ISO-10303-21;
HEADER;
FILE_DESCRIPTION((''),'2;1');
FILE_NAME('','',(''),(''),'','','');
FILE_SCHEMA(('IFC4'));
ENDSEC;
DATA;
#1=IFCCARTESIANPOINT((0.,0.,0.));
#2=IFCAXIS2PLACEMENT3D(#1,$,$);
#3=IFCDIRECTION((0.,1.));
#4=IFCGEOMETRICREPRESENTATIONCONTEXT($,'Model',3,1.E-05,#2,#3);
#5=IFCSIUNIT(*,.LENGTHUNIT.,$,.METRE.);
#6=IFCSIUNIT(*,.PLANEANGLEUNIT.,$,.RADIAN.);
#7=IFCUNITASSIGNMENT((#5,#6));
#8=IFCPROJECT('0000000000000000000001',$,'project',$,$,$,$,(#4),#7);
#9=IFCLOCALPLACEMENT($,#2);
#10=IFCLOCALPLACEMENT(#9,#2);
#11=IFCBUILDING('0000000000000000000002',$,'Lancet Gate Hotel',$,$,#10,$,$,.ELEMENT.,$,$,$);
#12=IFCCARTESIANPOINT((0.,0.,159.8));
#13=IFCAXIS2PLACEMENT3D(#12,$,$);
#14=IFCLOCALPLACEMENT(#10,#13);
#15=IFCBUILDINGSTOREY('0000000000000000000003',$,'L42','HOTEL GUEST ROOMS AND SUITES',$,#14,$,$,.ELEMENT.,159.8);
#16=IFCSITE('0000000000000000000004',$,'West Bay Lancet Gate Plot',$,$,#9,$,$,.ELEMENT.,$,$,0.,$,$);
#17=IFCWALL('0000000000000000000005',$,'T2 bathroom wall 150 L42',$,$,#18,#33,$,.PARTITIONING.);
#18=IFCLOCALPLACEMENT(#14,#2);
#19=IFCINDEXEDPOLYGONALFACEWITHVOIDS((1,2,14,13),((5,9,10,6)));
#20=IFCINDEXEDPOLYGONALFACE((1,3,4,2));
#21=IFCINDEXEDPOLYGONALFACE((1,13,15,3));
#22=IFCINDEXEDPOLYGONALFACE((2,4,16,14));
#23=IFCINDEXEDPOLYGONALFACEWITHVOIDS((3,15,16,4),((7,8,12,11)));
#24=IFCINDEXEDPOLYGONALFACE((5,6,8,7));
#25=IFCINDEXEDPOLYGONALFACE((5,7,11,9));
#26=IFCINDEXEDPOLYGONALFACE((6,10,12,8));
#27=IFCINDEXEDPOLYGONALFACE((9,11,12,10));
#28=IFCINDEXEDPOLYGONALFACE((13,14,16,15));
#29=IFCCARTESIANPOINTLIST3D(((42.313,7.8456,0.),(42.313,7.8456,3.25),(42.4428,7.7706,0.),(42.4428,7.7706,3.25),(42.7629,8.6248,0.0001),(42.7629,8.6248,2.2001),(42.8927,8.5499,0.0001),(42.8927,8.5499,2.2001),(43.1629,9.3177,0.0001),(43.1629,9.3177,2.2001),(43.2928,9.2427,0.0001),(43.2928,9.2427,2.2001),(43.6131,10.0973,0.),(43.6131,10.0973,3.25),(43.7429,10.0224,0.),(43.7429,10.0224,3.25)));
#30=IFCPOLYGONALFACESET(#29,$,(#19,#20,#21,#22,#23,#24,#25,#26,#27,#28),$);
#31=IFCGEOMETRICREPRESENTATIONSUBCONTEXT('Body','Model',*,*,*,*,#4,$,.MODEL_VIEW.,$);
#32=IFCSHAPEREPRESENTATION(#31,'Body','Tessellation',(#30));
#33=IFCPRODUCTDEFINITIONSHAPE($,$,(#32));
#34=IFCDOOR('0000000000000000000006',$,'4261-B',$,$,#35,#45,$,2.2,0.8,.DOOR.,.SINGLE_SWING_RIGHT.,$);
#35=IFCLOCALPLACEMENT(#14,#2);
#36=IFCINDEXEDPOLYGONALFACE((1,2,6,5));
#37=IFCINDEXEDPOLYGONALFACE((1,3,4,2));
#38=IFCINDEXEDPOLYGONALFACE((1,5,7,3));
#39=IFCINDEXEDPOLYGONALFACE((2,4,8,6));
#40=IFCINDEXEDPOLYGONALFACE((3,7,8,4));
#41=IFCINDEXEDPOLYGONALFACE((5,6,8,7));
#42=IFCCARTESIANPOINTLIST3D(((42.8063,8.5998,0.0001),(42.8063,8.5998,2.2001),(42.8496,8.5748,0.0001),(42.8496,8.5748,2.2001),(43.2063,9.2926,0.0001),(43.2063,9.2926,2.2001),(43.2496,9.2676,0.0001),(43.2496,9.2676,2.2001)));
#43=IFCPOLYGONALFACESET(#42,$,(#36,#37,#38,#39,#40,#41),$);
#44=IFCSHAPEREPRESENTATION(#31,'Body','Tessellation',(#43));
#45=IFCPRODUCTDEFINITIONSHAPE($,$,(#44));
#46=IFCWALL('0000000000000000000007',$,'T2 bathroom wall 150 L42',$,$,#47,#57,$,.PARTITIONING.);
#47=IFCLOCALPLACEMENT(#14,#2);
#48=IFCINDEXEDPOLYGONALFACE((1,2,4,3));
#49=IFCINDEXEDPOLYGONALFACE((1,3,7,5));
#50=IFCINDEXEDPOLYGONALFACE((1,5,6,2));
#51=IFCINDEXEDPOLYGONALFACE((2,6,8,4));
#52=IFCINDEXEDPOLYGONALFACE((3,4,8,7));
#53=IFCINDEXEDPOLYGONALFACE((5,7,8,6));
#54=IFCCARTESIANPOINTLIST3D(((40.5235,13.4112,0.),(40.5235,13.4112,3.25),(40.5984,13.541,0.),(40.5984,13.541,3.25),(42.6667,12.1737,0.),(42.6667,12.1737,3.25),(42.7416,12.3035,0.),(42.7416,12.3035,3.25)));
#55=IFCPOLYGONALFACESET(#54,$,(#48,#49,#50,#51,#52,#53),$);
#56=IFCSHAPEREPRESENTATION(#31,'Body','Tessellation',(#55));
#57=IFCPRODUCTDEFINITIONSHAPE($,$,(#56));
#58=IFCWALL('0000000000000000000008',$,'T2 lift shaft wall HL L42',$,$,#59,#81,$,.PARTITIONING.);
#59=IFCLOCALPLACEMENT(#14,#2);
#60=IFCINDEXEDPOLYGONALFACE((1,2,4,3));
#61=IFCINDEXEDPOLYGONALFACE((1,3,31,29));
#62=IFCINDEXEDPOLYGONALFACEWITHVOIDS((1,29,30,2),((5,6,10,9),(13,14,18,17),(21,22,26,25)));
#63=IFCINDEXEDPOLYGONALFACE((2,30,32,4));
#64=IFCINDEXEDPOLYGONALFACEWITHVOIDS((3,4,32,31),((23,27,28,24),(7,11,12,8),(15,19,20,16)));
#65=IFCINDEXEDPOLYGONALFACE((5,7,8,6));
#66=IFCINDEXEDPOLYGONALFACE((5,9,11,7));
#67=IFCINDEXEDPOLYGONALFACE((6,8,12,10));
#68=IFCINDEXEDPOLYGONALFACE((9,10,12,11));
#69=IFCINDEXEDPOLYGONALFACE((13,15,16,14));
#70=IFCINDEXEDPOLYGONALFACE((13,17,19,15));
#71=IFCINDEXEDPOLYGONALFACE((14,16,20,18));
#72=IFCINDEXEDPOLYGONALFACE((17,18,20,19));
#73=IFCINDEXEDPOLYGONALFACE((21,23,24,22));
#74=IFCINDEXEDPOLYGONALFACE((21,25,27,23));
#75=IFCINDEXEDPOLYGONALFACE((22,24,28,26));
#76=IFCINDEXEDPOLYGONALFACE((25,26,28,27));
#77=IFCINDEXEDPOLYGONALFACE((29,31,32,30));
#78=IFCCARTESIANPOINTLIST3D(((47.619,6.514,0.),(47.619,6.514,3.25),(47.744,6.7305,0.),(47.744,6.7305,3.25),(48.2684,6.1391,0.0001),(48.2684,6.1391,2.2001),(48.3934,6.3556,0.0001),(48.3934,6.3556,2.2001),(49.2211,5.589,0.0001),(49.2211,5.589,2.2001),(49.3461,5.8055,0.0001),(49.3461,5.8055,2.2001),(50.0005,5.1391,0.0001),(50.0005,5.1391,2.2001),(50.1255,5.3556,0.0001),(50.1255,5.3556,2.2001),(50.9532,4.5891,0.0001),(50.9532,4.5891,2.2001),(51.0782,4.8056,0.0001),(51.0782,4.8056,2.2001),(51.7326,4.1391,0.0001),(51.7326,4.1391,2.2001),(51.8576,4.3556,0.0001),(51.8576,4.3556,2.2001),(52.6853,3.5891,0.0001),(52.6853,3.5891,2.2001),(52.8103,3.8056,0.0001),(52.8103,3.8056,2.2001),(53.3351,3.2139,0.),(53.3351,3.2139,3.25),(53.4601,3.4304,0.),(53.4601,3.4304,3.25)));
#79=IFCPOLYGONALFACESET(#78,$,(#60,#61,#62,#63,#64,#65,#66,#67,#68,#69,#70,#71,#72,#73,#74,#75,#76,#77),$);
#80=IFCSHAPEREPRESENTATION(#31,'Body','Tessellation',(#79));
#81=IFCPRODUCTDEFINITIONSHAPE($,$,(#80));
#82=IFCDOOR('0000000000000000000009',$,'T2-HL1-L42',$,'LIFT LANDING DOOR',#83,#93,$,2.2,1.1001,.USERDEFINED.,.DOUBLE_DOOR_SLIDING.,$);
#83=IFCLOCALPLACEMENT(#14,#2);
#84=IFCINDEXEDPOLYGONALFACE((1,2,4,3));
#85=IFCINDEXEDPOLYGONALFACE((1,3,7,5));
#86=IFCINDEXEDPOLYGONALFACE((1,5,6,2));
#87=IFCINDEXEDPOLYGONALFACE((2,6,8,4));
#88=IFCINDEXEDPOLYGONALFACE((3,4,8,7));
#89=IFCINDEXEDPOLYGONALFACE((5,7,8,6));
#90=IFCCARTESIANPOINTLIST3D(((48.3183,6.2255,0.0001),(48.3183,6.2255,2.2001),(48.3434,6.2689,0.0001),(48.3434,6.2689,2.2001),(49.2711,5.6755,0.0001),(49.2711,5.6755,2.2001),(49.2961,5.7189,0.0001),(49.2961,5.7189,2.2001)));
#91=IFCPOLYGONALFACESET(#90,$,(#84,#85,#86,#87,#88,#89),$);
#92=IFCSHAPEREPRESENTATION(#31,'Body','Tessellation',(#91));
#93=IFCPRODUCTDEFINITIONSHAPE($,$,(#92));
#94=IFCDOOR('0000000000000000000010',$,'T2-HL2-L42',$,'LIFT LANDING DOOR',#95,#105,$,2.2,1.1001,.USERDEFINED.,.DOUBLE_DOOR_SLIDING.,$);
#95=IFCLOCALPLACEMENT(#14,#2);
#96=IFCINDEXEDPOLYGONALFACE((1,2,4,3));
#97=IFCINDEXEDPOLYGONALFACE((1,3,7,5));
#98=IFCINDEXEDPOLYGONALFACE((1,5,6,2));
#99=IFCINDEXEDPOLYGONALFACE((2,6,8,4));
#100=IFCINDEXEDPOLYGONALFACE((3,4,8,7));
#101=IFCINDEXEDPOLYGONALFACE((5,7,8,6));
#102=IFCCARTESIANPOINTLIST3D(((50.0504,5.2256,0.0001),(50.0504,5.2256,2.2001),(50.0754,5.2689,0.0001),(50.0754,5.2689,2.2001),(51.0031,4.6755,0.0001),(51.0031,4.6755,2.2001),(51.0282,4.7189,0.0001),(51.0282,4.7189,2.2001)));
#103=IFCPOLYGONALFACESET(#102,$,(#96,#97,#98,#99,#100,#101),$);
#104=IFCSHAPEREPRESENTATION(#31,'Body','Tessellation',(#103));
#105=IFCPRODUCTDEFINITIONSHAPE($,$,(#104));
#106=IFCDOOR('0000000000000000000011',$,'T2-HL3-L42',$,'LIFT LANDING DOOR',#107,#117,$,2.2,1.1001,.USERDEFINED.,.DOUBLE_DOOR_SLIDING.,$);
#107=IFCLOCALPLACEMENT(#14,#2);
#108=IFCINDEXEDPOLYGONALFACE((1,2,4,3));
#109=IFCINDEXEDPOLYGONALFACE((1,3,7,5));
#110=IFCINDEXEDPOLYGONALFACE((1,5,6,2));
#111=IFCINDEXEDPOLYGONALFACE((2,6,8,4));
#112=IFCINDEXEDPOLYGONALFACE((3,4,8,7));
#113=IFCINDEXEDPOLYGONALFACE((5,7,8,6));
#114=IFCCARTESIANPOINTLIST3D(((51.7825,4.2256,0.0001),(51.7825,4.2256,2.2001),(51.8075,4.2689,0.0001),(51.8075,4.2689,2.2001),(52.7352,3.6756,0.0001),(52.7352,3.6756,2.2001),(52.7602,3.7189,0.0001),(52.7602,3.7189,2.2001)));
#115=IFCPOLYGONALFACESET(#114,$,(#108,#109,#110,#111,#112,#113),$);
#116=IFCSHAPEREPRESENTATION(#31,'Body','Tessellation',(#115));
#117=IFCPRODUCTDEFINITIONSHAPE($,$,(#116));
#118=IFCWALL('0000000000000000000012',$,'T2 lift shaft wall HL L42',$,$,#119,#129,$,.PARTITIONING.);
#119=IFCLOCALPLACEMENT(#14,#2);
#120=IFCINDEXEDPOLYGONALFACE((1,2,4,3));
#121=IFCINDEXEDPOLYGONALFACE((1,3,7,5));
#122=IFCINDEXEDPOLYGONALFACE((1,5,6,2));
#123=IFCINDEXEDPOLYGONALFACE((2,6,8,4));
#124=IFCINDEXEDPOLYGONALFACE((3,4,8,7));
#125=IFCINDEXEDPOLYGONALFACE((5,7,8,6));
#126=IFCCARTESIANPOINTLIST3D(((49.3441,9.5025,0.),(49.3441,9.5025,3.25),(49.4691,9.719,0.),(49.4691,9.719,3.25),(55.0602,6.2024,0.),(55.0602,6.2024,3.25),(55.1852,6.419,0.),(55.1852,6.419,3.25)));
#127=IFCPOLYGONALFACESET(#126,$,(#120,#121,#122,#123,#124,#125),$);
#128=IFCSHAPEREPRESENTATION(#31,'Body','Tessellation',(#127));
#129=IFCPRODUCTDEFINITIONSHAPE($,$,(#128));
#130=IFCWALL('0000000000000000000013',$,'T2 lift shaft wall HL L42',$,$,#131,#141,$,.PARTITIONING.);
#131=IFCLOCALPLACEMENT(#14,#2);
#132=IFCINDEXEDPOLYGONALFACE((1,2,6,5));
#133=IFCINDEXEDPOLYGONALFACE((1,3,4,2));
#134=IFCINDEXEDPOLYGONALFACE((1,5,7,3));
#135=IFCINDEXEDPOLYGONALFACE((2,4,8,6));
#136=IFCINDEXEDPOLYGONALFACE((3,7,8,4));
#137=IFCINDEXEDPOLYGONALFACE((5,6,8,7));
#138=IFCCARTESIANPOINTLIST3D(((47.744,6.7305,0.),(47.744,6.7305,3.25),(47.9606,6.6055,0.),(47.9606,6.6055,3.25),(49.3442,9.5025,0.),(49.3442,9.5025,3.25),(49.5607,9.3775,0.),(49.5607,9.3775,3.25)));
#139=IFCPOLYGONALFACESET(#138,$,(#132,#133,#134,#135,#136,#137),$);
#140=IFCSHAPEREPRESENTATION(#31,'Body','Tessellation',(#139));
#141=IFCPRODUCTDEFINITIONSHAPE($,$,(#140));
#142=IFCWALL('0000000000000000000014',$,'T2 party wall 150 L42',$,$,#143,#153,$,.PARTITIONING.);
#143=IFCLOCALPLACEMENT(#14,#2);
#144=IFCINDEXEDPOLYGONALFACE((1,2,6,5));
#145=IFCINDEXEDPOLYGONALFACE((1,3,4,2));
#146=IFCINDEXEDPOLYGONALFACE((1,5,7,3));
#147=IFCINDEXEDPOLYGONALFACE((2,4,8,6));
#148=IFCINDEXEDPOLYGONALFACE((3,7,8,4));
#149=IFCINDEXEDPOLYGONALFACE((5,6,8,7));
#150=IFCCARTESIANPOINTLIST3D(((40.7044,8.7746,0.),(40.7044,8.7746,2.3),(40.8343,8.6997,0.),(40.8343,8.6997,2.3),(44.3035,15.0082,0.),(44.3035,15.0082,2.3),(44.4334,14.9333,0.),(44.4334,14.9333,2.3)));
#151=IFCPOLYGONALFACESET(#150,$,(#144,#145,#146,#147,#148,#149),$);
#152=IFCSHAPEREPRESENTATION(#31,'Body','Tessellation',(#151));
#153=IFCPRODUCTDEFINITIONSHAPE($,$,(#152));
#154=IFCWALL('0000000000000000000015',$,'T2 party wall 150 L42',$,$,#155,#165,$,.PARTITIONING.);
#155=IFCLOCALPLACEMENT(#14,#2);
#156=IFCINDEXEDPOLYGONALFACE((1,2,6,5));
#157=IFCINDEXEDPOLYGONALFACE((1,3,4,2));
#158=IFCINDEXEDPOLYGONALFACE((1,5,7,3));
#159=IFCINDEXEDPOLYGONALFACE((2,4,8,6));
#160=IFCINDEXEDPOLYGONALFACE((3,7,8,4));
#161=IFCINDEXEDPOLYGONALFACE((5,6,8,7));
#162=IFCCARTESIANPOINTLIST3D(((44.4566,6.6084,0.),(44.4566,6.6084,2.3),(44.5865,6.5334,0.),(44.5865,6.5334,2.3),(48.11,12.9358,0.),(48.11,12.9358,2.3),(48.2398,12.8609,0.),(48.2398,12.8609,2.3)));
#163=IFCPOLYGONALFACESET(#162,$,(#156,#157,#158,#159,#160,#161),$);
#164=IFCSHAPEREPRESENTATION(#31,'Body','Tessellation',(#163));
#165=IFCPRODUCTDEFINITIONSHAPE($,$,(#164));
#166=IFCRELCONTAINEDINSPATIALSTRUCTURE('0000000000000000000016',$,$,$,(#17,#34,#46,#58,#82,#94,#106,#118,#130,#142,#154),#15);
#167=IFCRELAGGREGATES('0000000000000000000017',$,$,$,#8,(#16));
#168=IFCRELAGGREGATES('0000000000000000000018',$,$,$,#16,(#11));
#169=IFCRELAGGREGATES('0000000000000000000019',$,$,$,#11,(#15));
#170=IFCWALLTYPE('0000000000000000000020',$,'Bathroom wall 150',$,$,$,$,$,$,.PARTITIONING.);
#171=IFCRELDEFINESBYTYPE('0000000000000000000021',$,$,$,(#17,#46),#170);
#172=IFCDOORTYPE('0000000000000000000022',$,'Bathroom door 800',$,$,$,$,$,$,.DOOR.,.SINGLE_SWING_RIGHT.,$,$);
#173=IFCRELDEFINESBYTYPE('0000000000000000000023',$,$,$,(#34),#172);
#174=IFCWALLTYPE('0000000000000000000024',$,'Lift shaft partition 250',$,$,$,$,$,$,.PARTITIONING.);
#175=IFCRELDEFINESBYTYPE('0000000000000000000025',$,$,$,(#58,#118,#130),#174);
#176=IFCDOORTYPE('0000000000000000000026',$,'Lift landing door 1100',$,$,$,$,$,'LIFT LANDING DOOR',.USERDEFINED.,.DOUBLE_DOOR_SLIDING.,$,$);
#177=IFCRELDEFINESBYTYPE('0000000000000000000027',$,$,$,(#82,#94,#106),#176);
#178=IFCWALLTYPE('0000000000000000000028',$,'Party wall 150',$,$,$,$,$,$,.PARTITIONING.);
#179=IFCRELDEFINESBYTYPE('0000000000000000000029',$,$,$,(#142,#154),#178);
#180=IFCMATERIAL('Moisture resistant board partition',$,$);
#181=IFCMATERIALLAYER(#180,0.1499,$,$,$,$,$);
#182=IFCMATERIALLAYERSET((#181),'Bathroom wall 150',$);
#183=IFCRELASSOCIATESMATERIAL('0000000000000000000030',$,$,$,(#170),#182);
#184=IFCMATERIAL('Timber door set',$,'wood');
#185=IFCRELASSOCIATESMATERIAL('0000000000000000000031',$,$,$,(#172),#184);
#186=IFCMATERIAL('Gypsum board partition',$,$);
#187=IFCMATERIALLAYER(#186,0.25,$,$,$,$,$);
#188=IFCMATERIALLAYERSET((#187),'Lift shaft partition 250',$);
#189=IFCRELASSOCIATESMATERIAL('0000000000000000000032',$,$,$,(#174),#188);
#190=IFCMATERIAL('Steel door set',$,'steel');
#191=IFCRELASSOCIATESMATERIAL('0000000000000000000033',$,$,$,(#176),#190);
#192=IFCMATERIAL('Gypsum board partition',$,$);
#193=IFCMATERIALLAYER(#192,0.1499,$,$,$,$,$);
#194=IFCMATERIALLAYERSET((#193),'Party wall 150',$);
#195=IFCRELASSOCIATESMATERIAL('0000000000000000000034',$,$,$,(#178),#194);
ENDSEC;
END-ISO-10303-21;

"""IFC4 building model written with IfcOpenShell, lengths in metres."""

from ifc_helpers import new_model, si_unit, direction, frame, frame_2d, origin, place, context, subcontext, project, spatial, rectangle, extrude, material, layer, layer_set, type_object, element, fill, save


model = new_model("IFC4")

# Units and contexts
model_context = context("Model", 3, precision=1e-05, world=origin(), true_north=direction((0.0, 1.0)))
body_context = subcontext(model_context, "Body", "Model", "MODEL_VIEW")
ifc_project = project(units=[si_unit("LENGTHUNIT", "METRE"), si_unit("PLANEANGLEUNIT", "RADIAN")], contexts=[model_context])

# Site, building, storey
site_placement = place(None, origin())
site = spatial("IfcSite", under=ifc_project, at=site_placement, Name="West Bay Lancet Gate Plot", CompositionType="ELEMENT", RefElevation=0.0)
building_placement = place(site_placement, origin())
building = spatial("IfcBuilding", under=site, at=building_placement, Name="Lancet Gate Hotel", CompositionType="ELEMENT")
storey_placement = place(building_placement, frame((0.0, 0.0, 159.8)))
storey = spatial("IfcBuildingStorey", under=building, at=storey_placement, Name="L42", Description="HOTEL GUEST ROOMS AND SUITES", CompositionType="ELEMENT", Elevation=159.8)

# Shared definitions
ifc_material_1 = material(Name="Moisture resistant board partition")
ifc_layer_1 = layer(ifc_material_1, 0.1499)
ifc_layer_set_1 = layer_set([ifc_layer_1], Name="Bathroom wall 150")
wall_type_1 = type_object("IfcWallType", Name="Bathroom wall 150", PredefinedType="PARTITIONING", material=ifc_layer_set_1)

# Wall, opening, door
wall_1_placement = place(storey_placement, frame((42.3779, 7.8081, 0.0), z_axis=(0.0, 0.0, 1.0), x_axis=(0.500007, 0.866021, 0.0)))
wall_1 = element("IfcWall", 1, at=wall_1_placement, inside=storey, type_object=wall_type_1, Name="T2 bathroom wall 150 L42", PredefinedType="PARTITIONING", context=body_context, shape_type="SweptSolid", body=[
    extrude(rectangle(XDim=2.6001, YDim=0.1499, at=frame_2d((1.3, 0.0))), origin(), (0.0, 0.0, 1.0), 3.25),
])
opening_1_placement = place(wall_1_placement, frame((0.8999, 0.0, 0.0)))
opening_1 = element("IfcOpeningElement", 2, at=opening_1_placement, cuts=wall_1, PredefinedType="OPENING", context=body_context, shape_type="SweptSolid", body=[
    extrude(rectangle(XDim=0.8, YDim=2.2, at=frame_2d((0.3999, 1.1001))), frame((0.0, 0.085, 0.0), z_axis=(0.0, -1.0, 0.0), x_axis=(1.0, 0.0, 0.0)), (0.0, 0.0, 1.0), 0.1699),
])
ifc_material_2 = material(Name="Timber door set", Category="wood")
door_type_1 = type_object("IfcDoorType", Name="Bathroom door 800", OperationType="SINGLE_SWING_RIGHT", PredefinedType="DOOR", material=ifc_material_2)
door_1_placement = place(opening_1_placement, origin())
door_1 = element("IfcDoor", 3, at=door_1_placement, inside=storey, type_object=door_type_1, Name="4261-B", OperationType="SINGLE_SWING_RIGHT", OverallHeight=2.2, OverallWidth=0.8, PredefinedType="DOOR", context=body_context, shape_type="SweptSolid", body=[
    extrude(rectangle(XDim=0.8, YDim=2.2, at=frame_2d((0.3999, 1.1001))), frame((0.0, 0.0249, 0.0), z_axis=(0.0, -1.0, 0.0), x_axis=(1.0, 0.0, 0.0)), (0.0, 0.0, 1.0), 0.05),
])
fill(opening_1, door_1)

# Wall
wall_2_placement = place(storey_placement, frame((40.561, 13.4761, 0.0), z_axis=(0.0, 0.0, 1.0), x_axis=(0.866007, -0.500033, 0.0)))
element("IfcWall", 4, at=wall_2_placement, inside=storey, type_object=wall_type_1, Name="T2 bathroom wall 150 L42", PredefinedType="PARTITIONING", context=body_context, shape_type="SweptSolid", body=[
    extrude(rectangle(XDim=2.4749, YDim=0.1499, at=frame_2d((1.2373, 0.0))), origin(), (0.0, 0.0, 1.0), 3.25),
])

# Wall, openings, doors
ifc_material_3 = material(Name="Gypsum board partition")
ifc_layer_2 = layer(ifc_material_3, 0.25)
ifc_layer_set_2 = layer_set([ifc_layer_2], Name="Lift shaft partition 250")
wall_type_2 = type_object("IfcWallType", Name="Lift shaft partition 250", PredefinedType="PARTITIONING", material=ifc_layer_set_2)
wall_3_placement = place(storey_placement, frame((47.6814, 6.6223, 0.0), z_axis=(0.0, 0.0, 1.0), x_axis=(0.866033, -0.499986, 0.0)))
wall_3 = element("IfcWall", 5, at=wall_3_placement, inside=storey, type_object=wall_type_2, Name="T2 lift shaft wall HL L42", PredefinedType="PARTITIONING", context=body_context, shape_type="SweptSolid", body=[
    extrude(rectangle(XDim=6.6003, YDim=0.25, at=frame_2d((3.3003, 0.0))), origin(), (0.0, 0.0, 1.0), 3.25),
])
opening_2_placement = place(wall_3_placement, frame((0.75, 0.0, 0.0)))
opening_2 = element("IfcOpeningElement", 6, at=opening_2_placement, cuts=wall_3, PredefinedType="OPENING", context=body_context, shape_type="SweptSolid", body=[
    extrude(rectangle(XDim=1.1001, YDim=2.2, at=frame_2d((0.55, 1.1001))), frame((0.0, 0.135, 0.0), z_axis=(0.0, -1.0, 0.0), x_axis=(1.0, 0.0, 0.0)), (0.0, 0.0, 1.0), 0.27),
])
opening_3_placement = place(wall_3_placement, frame((2.75, 0.0, 0.0)))
opening_3 = element("IfcOpeningElement", 7, at=opening_3_placement, cuts=wall_3, PredefinedType="OPENING", context=body_context, shape_type="SweptSolid", body=[
    extrude(rectangle(XDim=1.1001, YDim=2.2, at=frame_2d((0.55, 1.1001))), frame((0.0, 0.135, 0.0), z_axis=(0.0, -1.0, 0.0), x_axis=(1.0, 0.0, 0.0)), (0.0, 0.0, 1.0), 0.27),
])
opening_4_placement = place(wall_3_placement, frame((4.75, 0.0, 0.0)))
opening_4 = element("IfcOpeningElement", 8, at=opening_4_placement, cuts=wall_3, PredefinedType="OPENING", context=body_context, shape_type="SweptSolid", body=[
    extrude(rectangle(XDim=1.1001, YDim=2.2, at=frame_2d((0.55, 1.1001))), frame((0.0, 0.135, 0.0), z_axis=(0.0, -1.0, 0.0), x_axis=(1.0, 0.0, 0.0)), (0.0, 0.0, 1.0), 0.27),
])
ifc_material_4 = material(Name="Steel door set", Category="steel")
door_type_2 = type_object("IfcDoorType", Name="Lift landing door 1100", ElementType="LIFT LANDING DOOR", OperationType="DOUBLE_DOOR_SLIDING", PredefinedType="USERDEFINED", material=ifc_material_4)
door_2_placement = place(opening_2_placement, origin())
door_2 = element("IfcDoor", 9, at=door_2_placement, inside=storey, type_object=door_type_2, Name="T2-HL1-L42", ObjectType="LIFT LANDING DOOR", OperationType="DOUBLE_DOOR_SLIDING", OverallHeight=2.2, OverallWidth=1.1001, PredefinedType="USERDEFINED", context=body_context, shape_type="SweptSolid", body=[
    extrude(rectangle(XDim=1.1001, YDim=2.2, at=frame_2d((0.55, 1.1001))), frame((0.0, 0.0249, 0.0), z_axis=(0.0, -1.0, 0.0), x_axis=(1.0, 0.0, 0.0)), (0.0, 0.0, 1.0), 0.05),
])
fill(opening_2, door_2)
door_3_placement = place(opening_3_placement, origin())
door_3 = element("IfcDoor", 10, at=door_3_placement, inside=storey, type_object=door_type_2, Name="T2-HL2-L42", ObjectType="LIFT LANDING DOOR", OperationType="DOUBLE_DOOR_SLIDING", OverallHeight=2.2, OverallWidth=1.1001, PredefinedType="USERDEFINED", context=body_context, shape_type="SweptSolid", body=[
    extrude(rectangle(XDim=1.1001, YDim=2.2, at=frame_2d((0.55, 1.1001))), frame((0.0, 0.0249, 0.0), z_axis=(0.0, -1.0, 0.0), x_axis=(1.0, 0.0, 0.0)), (0.0, 0.0, 1.0), 0.05),
])
fill(opening_3, door_3)
door_4_placement = place(opening_4_placement, origin())
door_4 = element("IfcDoor", 11, at=door_4_placement, inside=storey, type_object=door_type_2, Name="T2-HL3-L42", ObjectType="LIFT LANDING DOOR", OperationType="DOUBLE_DOOR_SLIDING", OverallHeight=2.2, OverallWidth=1.1001, PredefinedType="USERDEFINED", context=body_context, shape_type="SweptSolid", body=[
    extrude(rectangle(XDim=1.1001, YDim=2.2, at=frame_2d((0.55, 1.1001))), frame((0.0, 0.0249, 0.0), z_axis=(0.0, -1.0, 0.0), x_axis=(1.0, 0.0, 0.0)), (0.0, 0.0, 1.0), 0.05),
])
fill(opening_4, door_4)

# Walls
wall_4_placement = place(storey_placement, frame((49.4065, 9.6108, 0.0), z_axis=(0.0, 0.0, 1.0), x_axis=(0.866033, -0.499986, 0.0)))
element("IfcWall", 12, at=wall_4_placement, inside=storey, type_object=wall_type_2, Name="T2 lift shaft wall HL L42", PredefinedType="PARTITIONING", context=body_context, shape_type="SweptSolid", body=[
    extrude(rectangle(XDim=6.6003, YDim=0.25, at=frame_2d((3.3003, 0.0))), origin(), (0.0, 0.0, 1.0), 3.25),
])
wall_5_placement = place(storey_placement, frame((47.8523, 6.668, 0.0), z_axis=(0.0, 0.0, 1.0), x_axis=(0.499929, 0.866066, 0.0)))
element("IfcWall", 13, at=wall_5_placement, inside=storey, type_object=wall_type_2, Name="T2 lift shaft wall HL L42", PredefinedType="PARTITIONING", context=body_context, shape_type="SweptSolid", body=[
    extrude(rectangle(XDim=3.2007, YDim=0.25, at=frame_2d((1.6003, 0.0))), origin(), (0.0, 0.0, 1.0), 3.25),
])
ifc_material_5 = material(Name="Gypsum board partition")
ifc_layer_3 = layer(ifc_material_5, 0.1499)
ifc_layer_set_3 = layer_set([ifc_layer_3], Name="Party wall 150")
wall_type_3 = type_object("IfcWallType", Name="Party wall 150", PredefinedType="PARTITIONING", material=ifc_layer_set_3)
wall_6_placement = place(storey_placement, frame((40.7693, 8.7371, 0.0), z_axis=(0.0, 0.0, 1.0), x_axis=(0.500013, 0.866018, 0.0)))
element("IfcWall", 14, at=wall_6_placement, inside=storey, type_object=wall_type_3, Name="T2 party wall 150 L42", PredefinedType="PARTITIONING", context=body_context, shape_type="SweptSolid", body=[
    extrude(rectangle(XDim=7.198, YDim=0.1499, at=frame_2d((3.5991, 0.0))), origin(), (0.0, 0.0, 1.0), 2.3),
])
wall_7_placement = place(storey_placement, frame((44.5215, 6.5708, 0.0), z_axis=(0.0, 0.0, 1.0), x_axis=(0.50002, 0.866014, 0.0)))
element("IfcWall", 15, at=wall_7_placement, inside=storey, type_object=wall_type_3, Name="T2 party wall 150 L42", PredefinedType="PARTITIONING", context=body_context, shape_type="SweptSolid", body=[
    extrude(rectangle(XDim=7.3064, YDim=0.1499, at=frame_2d((3.6533, 0.0))), origin(), (0.0, 0.0, 1.0), 2.3),
])

save(model, "model.ifc")
